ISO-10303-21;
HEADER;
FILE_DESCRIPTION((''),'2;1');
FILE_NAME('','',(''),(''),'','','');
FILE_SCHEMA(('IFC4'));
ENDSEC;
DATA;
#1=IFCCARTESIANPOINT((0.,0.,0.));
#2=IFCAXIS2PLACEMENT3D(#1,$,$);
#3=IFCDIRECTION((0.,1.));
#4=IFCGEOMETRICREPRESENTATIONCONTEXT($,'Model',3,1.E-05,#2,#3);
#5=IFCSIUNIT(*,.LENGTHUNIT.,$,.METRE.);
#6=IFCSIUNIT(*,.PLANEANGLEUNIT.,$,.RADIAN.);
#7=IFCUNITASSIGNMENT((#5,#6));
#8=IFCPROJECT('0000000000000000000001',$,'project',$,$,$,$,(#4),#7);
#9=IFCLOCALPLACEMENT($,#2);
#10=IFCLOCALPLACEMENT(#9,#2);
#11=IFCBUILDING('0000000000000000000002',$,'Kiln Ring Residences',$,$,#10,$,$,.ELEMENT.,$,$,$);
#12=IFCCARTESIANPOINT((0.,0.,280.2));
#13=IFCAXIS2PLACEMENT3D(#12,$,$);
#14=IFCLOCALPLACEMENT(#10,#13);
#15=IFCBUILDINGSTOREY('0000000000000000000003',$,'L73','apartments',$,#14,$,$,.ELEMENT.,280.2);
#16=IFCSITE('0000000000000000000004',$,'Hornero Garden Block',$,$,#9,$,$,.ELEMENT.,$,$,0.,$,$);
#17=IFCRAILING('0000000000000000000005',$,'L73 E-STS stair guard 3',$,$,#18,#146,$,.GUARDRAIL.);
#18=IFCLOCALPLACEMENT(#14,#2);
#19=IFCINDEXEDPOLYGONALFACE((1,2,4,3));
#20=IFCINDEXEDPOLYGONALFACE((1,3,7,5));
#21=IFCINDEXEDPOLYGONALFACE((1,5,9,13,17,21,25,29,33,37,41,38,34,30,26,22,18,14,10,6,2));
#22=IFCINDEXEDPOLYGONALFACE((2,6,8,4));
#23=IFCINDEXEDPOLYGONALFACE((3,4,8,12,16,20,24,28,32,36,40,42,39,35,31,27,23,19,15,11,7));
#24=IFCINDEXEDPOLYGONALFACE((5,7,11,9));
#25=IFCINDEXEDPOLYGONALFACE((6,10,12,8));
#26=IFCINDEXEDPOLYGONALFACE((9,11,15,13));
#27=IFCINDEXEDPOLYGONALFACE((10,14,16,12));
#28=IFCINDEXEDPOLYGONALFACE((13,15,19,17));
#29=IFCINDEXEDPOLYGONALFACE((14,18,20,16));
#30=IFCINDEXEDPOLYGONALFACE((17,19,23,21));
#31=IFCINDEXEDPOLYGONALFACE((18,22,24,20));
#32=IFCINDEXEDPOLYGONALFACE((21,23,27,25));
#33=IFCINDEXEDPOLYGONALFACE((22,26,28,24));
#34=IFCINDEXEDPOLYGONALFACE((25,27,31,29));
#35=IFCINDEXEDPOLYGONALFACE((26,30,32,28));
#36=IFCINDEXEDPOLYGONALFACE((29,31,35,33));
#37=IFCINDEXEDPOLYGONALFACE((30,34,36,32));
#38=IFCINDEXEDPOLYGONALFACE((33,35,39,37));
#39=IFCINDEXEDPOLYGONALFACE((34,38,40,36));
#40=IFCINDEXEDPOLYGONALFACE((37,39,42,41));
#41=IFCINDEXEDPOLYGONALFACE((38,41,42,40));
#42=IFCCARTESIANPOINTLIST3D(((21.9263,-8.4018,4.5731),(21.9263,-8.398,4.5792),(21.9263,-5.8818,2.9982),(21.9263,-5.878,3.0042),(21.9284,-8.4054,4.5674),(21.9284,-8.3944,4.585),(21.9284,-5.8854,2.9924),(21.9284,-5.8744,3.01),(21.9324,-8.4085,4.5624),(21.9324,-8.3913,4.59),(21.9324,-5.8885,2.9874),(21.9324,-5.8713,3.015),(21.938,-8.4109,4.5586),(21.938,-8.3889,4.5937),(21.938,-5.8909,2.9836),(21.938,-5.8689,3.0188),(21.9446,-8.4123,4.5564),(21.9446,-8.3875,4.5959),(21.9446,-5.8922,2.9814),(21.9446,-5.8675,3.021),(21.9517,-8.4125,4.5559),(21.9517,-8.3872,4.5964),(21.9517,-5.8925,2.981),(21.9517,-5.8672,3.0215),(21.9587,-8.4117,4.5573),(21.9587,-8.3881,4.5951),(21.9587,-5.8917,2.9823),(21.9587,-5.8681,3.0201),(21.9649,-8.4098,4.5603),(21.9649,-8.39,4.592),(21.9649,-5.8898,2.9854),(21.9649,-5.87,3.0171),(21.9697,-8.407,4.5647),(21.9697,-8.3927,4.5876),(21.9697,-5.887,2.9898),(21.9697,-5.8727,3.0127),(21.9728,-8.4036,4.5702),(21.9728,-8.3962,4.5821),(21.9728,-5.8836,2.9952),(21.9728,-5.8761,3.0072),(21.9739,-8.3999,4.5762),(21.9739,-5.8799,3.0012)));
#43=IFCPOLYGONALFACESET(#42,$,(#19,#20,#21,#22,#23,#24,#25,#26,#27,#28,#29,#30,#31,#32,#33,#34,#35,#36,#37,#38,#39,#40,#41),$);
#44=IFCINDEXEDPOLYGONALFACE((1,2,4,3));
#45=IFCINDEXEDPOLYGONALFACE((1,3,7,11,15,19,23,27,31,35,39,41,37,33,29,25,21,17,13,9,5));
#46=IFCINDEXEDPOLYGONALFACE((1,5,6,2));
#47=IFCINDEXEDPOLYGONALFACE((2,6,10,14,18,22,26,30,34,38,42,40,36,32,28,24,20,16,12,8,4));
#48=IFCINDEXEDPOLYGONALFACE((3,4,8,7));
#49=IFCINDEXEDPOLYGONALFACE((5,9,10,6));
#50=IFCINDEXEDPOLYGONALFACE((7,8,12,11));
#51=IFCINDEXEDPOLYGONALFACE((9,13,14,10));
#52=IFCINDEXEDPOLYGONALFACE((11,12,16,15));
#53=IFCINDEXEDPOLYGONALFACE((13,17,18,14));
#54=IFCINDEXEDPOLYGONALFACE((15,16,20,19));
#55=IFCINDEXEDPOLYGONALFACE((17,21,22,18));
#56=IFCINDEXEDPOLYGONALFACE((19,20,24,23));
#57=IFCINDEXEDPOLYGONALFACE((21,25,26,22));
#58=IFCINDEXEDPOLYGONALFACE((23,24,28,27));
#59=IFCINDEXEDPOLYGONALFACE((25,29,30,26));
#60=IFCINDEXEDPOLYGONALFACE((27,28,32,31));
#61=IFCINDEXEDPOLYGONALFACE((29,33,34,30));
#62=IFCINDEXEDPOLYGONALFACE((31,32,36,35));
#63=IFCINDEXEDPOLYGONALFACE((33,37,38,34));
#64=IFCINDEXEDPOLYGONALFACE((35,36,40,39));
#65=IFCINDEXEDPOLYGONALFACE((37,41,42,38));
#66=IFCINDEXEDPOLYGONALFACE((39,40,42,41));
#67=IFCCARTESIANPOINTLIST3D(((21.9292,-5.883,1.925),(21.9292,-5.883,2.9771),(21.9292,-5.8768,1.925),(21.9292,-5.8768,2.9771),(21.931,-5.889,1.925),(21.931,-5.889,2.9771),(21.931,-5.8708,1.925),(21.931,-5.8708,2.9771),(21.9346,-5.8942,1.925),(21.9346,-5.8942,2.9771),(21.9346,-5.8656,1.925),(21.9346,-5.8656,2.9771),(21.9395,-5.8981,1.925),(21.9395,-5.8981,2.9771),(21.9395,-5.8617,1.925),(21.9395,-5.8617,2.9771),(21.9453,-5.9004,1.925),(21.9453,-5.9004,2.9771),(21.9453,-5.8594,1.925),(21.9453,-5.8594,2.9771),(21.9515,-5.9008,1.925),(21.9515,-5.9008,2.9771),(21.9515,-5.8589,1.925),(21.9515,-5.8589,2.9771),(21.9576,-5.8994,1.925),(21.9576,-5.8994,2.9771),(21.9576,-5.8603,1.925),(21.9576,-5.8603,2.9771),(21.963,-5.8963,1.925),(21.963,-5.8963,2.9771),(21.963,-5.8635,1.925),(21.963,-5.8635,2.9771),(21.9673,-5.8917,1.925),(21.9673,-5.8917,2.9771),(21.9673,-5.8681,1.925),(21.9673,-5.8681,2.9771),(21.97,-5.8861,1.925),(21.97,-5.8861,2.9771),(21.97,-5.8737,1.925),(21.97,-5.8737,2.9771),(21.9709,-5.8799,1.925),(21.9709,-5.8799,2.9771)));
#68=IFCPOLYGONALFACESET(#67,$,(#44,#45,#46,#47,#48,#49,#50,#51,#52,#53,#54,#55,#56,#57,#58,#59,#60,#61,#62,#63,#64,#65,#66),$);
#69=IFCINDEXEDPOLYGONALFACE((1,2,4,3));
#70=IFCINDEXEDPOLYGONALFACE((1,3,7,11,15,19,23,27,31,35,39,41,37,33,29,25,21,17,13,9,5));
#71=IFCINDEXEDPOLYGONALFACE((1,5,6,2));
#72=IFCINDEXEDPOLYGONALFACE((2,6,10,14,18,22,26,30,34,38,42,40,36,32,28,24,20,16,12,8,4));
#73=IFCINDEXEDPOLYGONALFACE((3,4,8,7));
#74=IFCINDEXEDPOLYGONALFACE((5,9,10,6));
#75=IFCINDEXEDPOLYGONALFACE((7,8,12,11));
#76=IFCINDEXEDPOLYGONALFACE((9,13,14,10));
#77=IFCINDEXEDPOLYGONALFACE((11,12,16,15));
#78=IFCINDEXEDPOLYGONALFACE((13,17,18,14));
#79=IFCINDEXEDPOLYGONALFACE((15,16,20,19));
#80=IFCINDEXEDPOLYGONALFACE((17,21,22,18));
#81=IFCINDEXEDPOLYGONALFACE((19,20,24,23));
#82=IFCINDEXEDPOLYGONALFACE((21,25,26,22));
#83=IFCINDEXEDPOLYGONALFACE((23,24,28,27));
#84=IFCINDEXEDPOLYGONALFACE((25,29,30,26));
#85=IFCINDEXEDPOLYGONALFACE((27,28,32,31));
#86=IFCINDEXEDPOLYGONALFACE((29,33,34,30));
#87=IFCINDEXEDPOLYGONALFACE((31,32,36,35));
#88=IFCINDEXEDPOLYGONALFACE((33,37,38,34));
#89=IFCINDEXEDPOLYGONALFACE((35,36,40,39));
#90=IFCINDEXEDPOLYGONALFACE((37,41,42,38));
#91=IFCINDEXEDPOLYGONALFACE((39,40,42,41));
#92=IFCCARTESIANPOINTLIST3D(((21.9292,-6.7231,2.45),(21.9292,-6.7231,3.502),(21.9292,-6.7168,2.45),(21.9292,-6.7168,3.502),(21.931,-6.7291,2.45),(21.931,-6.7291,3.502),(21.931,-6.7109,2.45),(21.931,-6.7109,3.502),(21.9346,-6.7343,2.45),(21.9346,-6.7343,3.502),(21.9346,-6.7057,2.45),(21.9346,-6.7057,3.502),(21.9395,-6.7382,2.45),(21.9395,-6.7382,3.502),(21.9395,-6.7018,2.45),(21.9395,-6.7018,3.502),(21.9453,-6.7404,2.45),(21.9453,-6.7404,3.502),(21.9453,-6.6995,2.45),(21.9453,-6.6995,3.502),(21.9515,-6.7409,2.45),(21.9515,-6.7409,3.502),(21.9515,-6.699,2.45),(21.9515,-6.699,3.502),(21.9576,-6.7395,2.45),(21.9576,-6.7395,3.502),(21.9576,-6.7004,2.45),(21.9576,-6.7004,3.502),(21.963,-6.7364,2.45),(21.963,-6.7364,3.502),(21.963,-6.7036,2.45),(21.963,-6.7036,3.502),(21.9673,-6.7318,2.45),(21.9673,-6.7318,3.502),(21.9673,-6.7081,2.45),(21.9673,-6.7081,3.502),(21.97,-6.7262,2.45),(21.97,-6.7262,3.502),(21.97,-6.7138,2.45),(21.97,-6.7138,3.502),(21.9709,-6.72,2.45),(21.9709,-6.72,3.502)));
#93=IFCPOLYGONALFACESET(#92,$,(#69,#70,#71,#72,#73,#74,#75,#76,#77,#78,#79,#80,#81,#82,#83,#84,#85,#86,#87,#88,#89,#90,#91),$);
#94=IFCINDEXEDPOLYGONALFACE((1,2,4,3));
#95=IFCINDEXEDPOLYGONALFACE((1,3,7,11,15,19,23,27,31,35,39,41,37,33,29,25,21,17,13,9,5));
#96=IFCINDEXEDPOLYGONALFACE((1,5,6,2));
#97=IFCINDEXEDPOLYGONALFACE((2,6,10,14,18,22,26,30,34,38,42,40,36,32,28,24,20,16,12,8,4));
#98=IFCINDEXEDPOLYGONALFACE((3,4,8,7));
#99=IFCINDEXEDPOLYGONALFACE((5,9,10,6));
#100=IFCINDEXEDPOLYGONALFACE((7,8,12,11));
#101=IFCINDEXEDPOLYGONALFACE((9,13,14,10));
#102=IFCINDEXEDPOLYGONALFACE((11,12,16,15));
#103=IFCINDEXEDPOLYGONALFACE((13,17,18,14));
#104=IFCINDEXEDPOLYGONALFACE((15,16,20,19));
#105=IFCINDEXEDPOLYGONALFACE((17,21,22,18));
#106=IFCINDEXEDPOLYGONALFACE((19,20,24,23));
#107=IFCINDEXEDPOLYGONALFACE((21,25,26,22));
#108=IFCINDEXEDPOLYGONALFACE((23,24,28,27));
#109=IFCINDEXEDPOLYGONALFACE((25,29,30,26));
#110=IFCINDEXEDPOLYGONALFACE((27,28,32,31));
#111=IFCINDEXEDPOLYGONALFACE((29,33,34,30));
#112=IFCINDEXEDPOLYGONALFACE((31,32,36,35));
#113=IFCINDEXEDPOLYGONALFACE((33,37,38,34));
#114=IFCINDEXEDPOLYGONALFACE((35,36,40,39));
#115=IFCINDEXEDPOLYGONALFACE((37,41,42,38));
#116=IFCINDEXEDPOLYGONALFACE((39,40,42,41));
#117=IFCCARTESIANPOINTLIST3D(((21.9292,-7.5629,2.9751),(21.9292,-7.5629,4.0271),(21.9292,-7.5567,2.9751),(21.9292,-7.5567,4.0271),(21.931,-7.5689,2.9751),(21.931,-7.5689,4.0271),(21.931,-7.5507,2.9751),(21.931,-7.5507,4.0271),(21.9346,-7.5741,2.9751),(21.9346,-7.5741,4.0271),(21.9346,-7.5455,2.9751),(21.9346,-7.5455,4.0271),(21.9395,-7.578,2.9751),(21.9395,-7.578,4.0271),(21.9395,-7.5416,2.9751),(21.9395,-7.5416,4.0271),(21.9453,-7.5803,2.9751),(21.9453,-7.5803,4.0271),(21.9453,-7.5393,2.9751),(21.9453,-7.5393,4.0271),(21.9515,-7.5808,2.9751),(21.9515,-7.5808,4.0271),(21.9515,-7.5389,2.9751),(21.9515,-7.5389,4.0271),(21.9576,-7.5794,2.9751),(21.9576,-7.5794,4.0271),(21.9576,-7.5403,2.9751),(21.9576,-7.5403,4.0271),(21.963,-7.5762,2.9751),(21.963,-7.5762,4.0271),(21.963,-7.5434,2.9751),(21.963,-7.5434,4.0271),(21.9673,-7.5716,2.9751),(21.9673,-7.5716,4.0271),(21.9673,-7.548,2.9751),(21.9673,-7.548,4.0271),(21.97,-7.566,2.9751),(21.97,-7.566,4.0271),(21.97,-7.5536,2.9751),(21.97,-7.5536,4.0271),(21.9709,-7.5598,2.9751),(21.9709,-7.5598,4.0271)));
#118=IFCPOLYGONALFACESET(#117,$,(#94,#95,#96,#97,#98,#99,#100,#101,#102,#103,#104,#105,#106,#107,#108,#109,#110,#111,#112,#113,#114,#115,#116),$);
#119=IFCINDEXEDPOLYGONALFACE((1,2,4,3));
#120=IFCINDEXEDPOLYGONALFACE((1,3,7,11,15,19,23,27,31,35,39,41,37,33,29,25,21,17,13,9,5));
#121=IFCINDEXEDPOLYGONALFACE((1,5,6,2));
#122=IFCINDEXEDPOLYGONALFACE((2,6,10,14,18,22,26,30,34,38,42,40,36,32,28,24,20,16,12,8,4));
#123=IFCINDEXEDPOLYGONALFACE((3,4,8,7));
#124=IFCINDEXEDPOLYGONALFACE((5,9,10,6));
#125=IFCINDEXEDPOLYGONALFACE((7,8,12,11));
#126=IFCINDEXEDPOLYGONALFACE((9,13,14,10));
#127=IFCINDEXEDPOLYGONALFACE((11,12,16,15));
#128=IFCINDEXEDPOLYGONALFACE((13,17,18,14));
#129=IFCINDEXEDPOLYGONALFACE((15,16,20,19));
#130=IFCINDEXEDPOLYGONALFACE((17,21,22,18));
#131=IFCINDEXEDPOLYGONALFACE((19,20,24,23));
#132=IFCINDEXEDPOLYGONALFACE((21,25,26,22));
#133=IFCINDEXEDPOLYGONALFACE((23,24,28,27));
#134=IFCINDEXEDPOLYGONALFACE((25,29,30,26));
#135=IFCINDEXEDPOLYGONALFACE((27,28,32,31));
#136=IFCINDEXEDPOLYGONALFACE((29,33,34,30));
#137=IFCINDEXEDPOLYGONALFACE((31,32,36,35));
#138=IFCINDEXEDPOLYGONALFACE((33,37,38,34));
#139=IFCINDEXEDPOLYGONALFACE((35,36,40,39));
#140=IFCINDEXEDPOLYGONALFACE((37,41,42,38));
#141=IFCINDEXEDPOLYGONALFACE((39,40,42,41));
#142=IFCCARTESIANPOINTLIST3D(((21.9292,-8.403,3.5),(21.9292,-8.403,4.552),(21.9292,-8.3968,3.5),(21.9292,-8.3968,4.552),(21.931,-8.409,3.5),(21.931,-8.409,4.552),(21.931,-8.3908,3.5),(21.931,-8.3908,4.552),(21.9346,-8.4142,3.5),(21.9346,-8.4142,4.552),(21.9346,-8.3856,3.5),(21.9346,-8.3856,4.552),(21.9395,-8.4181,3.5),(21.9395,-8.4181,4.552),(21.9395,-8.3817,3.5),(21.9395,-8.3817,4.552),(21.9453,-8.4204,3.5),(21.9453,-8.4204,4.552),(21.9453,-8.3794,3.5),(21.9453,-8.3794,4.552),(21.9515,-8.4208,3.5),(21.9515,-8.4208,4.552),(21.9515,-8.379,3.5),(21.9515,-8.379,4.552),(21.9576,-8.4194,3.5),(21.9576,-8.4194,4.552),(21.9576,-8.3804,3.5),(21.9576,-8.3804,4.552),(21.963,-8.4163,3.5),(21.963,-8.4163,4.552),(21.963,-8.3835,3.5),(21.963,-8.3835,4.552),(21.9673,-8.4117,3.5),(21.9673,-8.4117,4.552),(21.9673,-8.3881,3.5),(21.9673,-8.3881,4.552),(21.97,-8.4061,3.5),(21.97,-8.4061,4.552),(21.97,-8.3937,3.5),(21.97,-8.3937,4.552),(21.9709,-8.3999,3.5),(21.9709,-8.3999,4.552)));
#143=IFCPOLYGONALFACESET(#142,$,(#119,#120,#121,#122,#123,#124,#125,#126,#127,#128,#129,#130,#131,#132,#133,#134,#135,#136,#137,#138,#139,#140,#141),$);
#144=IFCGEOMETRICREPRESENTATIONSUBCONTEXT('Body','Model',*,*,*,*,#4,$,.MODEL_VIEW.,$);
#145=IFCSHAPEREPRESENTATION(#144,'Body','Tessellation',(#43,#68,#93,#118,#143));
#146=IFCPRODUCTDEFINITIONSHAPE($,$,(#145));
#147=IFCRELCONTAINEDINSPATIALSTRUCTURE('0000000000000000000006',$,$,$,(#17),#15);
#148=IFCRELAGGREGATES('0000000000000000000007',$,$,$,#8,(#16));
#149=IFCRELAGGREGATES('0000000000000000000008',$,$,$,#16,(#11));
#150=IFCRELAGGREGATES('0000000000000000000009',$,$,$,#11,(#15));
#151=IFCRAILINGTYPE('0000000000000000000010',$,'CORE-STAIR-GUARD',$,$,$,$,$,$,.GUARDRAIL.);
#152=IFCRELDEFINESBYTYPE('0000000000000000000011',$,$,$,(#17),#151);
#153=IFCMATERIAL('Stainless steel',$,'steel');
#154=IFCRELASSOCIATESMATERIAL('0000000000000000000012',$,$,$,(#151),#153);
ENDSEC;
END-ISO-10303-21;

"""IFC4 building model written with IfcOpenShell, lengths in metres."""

from ifc_helpers import new_model, si_unit, direction, frame, origin, origin_2d, place, context, subcontext, project, spatial, circle, extrude, material, type_object, element, save


model = new_model("IFC4")

# Units and contexts
model_context = context("Model", 3, precision=1e-05, world=origin(), true_north=direction((0.0, 1.0)))
body_context = subcontext(model_context, "Body", "Model", "MODEL_VIEW")
ifc_project = project(units=[si_unit("LENGTHUNIT", "METRE"), si_unit("PLANEANGLEUNIT", "RADIAN")], contexts=[model_context])

# Site, building, storey
site_placement = place(None, origin())
site = spatial("IfcSite", under=ifc_project, at=site_placement, Name="Hornero Garden Block", CompositionType="ELEMENT", RefElevation=0.0)
building_placement = place(site_placement, origin())
building = spatial("IfcBuilding", under=site, at=building_placement, Name="Kiln Ring Residences", CompositionType="ELEMENT")
storey_placement = place(building_placement, frame((0.0, 0.0, 280.2)))
storey = spatial("IfcBuildingStorey", under=building, at=storey_placement, Name="L73", Description="apartments", CompositionType="ELEMENT", Elevation=280.2)

# Railing
ifc_material_1 = material(Name="Stainless steel", Category="steel")
railing_type_1 = type_object("IfcRailingType", Name="CORE-STAIR-GUARD", PredefinedType="GUARDRAIL", material=ifc_material_1)
railing_1_placement = place(storey_placement, frame((21.95, -5.8799, 1.925)))
element("IfcRailing", 1, at=railing_1_placement, inside=storey, type_object=railing_type_1, Name="L73 E-STS stair guard 3", PredefinedType="GUARDRAIL", context=body_context, shape_type="SweptSolid", body=[
    extrude(circle(Radius=0.0239, at=origin_2d()), frame((0.0, 0.0, 1.0762), z_axis=(0.0, -0.848008, 0.529984), x_axis=(1.0, 0.0, 0.0)), (0.0, 0.0, 1.0), 2.9717),
    extrude(circle(Radius=0.021, at=origin_2d()), origin(), (0.0, 0.0, 1.0), 1.052),
    extrude(circle(Radius=0.021, at=origin_2d()), frame((0.0, -0.8401, 0.5249)), (0.0, 0.0, 1.0), 1.052),
    extrude(circle(Radius=0.021, at=origin_2d()), frame((0.0, -1.6799, 1.05)), (0.0, 0.0, 1.0), 1.052),
    extrude(circle(Radius=0.021, at=origin_2d()), frame((0.0, -2.52, 1.575)), (0.0, 0.0, 1.0), 1.052),
])

save(model, "model.ifc")
